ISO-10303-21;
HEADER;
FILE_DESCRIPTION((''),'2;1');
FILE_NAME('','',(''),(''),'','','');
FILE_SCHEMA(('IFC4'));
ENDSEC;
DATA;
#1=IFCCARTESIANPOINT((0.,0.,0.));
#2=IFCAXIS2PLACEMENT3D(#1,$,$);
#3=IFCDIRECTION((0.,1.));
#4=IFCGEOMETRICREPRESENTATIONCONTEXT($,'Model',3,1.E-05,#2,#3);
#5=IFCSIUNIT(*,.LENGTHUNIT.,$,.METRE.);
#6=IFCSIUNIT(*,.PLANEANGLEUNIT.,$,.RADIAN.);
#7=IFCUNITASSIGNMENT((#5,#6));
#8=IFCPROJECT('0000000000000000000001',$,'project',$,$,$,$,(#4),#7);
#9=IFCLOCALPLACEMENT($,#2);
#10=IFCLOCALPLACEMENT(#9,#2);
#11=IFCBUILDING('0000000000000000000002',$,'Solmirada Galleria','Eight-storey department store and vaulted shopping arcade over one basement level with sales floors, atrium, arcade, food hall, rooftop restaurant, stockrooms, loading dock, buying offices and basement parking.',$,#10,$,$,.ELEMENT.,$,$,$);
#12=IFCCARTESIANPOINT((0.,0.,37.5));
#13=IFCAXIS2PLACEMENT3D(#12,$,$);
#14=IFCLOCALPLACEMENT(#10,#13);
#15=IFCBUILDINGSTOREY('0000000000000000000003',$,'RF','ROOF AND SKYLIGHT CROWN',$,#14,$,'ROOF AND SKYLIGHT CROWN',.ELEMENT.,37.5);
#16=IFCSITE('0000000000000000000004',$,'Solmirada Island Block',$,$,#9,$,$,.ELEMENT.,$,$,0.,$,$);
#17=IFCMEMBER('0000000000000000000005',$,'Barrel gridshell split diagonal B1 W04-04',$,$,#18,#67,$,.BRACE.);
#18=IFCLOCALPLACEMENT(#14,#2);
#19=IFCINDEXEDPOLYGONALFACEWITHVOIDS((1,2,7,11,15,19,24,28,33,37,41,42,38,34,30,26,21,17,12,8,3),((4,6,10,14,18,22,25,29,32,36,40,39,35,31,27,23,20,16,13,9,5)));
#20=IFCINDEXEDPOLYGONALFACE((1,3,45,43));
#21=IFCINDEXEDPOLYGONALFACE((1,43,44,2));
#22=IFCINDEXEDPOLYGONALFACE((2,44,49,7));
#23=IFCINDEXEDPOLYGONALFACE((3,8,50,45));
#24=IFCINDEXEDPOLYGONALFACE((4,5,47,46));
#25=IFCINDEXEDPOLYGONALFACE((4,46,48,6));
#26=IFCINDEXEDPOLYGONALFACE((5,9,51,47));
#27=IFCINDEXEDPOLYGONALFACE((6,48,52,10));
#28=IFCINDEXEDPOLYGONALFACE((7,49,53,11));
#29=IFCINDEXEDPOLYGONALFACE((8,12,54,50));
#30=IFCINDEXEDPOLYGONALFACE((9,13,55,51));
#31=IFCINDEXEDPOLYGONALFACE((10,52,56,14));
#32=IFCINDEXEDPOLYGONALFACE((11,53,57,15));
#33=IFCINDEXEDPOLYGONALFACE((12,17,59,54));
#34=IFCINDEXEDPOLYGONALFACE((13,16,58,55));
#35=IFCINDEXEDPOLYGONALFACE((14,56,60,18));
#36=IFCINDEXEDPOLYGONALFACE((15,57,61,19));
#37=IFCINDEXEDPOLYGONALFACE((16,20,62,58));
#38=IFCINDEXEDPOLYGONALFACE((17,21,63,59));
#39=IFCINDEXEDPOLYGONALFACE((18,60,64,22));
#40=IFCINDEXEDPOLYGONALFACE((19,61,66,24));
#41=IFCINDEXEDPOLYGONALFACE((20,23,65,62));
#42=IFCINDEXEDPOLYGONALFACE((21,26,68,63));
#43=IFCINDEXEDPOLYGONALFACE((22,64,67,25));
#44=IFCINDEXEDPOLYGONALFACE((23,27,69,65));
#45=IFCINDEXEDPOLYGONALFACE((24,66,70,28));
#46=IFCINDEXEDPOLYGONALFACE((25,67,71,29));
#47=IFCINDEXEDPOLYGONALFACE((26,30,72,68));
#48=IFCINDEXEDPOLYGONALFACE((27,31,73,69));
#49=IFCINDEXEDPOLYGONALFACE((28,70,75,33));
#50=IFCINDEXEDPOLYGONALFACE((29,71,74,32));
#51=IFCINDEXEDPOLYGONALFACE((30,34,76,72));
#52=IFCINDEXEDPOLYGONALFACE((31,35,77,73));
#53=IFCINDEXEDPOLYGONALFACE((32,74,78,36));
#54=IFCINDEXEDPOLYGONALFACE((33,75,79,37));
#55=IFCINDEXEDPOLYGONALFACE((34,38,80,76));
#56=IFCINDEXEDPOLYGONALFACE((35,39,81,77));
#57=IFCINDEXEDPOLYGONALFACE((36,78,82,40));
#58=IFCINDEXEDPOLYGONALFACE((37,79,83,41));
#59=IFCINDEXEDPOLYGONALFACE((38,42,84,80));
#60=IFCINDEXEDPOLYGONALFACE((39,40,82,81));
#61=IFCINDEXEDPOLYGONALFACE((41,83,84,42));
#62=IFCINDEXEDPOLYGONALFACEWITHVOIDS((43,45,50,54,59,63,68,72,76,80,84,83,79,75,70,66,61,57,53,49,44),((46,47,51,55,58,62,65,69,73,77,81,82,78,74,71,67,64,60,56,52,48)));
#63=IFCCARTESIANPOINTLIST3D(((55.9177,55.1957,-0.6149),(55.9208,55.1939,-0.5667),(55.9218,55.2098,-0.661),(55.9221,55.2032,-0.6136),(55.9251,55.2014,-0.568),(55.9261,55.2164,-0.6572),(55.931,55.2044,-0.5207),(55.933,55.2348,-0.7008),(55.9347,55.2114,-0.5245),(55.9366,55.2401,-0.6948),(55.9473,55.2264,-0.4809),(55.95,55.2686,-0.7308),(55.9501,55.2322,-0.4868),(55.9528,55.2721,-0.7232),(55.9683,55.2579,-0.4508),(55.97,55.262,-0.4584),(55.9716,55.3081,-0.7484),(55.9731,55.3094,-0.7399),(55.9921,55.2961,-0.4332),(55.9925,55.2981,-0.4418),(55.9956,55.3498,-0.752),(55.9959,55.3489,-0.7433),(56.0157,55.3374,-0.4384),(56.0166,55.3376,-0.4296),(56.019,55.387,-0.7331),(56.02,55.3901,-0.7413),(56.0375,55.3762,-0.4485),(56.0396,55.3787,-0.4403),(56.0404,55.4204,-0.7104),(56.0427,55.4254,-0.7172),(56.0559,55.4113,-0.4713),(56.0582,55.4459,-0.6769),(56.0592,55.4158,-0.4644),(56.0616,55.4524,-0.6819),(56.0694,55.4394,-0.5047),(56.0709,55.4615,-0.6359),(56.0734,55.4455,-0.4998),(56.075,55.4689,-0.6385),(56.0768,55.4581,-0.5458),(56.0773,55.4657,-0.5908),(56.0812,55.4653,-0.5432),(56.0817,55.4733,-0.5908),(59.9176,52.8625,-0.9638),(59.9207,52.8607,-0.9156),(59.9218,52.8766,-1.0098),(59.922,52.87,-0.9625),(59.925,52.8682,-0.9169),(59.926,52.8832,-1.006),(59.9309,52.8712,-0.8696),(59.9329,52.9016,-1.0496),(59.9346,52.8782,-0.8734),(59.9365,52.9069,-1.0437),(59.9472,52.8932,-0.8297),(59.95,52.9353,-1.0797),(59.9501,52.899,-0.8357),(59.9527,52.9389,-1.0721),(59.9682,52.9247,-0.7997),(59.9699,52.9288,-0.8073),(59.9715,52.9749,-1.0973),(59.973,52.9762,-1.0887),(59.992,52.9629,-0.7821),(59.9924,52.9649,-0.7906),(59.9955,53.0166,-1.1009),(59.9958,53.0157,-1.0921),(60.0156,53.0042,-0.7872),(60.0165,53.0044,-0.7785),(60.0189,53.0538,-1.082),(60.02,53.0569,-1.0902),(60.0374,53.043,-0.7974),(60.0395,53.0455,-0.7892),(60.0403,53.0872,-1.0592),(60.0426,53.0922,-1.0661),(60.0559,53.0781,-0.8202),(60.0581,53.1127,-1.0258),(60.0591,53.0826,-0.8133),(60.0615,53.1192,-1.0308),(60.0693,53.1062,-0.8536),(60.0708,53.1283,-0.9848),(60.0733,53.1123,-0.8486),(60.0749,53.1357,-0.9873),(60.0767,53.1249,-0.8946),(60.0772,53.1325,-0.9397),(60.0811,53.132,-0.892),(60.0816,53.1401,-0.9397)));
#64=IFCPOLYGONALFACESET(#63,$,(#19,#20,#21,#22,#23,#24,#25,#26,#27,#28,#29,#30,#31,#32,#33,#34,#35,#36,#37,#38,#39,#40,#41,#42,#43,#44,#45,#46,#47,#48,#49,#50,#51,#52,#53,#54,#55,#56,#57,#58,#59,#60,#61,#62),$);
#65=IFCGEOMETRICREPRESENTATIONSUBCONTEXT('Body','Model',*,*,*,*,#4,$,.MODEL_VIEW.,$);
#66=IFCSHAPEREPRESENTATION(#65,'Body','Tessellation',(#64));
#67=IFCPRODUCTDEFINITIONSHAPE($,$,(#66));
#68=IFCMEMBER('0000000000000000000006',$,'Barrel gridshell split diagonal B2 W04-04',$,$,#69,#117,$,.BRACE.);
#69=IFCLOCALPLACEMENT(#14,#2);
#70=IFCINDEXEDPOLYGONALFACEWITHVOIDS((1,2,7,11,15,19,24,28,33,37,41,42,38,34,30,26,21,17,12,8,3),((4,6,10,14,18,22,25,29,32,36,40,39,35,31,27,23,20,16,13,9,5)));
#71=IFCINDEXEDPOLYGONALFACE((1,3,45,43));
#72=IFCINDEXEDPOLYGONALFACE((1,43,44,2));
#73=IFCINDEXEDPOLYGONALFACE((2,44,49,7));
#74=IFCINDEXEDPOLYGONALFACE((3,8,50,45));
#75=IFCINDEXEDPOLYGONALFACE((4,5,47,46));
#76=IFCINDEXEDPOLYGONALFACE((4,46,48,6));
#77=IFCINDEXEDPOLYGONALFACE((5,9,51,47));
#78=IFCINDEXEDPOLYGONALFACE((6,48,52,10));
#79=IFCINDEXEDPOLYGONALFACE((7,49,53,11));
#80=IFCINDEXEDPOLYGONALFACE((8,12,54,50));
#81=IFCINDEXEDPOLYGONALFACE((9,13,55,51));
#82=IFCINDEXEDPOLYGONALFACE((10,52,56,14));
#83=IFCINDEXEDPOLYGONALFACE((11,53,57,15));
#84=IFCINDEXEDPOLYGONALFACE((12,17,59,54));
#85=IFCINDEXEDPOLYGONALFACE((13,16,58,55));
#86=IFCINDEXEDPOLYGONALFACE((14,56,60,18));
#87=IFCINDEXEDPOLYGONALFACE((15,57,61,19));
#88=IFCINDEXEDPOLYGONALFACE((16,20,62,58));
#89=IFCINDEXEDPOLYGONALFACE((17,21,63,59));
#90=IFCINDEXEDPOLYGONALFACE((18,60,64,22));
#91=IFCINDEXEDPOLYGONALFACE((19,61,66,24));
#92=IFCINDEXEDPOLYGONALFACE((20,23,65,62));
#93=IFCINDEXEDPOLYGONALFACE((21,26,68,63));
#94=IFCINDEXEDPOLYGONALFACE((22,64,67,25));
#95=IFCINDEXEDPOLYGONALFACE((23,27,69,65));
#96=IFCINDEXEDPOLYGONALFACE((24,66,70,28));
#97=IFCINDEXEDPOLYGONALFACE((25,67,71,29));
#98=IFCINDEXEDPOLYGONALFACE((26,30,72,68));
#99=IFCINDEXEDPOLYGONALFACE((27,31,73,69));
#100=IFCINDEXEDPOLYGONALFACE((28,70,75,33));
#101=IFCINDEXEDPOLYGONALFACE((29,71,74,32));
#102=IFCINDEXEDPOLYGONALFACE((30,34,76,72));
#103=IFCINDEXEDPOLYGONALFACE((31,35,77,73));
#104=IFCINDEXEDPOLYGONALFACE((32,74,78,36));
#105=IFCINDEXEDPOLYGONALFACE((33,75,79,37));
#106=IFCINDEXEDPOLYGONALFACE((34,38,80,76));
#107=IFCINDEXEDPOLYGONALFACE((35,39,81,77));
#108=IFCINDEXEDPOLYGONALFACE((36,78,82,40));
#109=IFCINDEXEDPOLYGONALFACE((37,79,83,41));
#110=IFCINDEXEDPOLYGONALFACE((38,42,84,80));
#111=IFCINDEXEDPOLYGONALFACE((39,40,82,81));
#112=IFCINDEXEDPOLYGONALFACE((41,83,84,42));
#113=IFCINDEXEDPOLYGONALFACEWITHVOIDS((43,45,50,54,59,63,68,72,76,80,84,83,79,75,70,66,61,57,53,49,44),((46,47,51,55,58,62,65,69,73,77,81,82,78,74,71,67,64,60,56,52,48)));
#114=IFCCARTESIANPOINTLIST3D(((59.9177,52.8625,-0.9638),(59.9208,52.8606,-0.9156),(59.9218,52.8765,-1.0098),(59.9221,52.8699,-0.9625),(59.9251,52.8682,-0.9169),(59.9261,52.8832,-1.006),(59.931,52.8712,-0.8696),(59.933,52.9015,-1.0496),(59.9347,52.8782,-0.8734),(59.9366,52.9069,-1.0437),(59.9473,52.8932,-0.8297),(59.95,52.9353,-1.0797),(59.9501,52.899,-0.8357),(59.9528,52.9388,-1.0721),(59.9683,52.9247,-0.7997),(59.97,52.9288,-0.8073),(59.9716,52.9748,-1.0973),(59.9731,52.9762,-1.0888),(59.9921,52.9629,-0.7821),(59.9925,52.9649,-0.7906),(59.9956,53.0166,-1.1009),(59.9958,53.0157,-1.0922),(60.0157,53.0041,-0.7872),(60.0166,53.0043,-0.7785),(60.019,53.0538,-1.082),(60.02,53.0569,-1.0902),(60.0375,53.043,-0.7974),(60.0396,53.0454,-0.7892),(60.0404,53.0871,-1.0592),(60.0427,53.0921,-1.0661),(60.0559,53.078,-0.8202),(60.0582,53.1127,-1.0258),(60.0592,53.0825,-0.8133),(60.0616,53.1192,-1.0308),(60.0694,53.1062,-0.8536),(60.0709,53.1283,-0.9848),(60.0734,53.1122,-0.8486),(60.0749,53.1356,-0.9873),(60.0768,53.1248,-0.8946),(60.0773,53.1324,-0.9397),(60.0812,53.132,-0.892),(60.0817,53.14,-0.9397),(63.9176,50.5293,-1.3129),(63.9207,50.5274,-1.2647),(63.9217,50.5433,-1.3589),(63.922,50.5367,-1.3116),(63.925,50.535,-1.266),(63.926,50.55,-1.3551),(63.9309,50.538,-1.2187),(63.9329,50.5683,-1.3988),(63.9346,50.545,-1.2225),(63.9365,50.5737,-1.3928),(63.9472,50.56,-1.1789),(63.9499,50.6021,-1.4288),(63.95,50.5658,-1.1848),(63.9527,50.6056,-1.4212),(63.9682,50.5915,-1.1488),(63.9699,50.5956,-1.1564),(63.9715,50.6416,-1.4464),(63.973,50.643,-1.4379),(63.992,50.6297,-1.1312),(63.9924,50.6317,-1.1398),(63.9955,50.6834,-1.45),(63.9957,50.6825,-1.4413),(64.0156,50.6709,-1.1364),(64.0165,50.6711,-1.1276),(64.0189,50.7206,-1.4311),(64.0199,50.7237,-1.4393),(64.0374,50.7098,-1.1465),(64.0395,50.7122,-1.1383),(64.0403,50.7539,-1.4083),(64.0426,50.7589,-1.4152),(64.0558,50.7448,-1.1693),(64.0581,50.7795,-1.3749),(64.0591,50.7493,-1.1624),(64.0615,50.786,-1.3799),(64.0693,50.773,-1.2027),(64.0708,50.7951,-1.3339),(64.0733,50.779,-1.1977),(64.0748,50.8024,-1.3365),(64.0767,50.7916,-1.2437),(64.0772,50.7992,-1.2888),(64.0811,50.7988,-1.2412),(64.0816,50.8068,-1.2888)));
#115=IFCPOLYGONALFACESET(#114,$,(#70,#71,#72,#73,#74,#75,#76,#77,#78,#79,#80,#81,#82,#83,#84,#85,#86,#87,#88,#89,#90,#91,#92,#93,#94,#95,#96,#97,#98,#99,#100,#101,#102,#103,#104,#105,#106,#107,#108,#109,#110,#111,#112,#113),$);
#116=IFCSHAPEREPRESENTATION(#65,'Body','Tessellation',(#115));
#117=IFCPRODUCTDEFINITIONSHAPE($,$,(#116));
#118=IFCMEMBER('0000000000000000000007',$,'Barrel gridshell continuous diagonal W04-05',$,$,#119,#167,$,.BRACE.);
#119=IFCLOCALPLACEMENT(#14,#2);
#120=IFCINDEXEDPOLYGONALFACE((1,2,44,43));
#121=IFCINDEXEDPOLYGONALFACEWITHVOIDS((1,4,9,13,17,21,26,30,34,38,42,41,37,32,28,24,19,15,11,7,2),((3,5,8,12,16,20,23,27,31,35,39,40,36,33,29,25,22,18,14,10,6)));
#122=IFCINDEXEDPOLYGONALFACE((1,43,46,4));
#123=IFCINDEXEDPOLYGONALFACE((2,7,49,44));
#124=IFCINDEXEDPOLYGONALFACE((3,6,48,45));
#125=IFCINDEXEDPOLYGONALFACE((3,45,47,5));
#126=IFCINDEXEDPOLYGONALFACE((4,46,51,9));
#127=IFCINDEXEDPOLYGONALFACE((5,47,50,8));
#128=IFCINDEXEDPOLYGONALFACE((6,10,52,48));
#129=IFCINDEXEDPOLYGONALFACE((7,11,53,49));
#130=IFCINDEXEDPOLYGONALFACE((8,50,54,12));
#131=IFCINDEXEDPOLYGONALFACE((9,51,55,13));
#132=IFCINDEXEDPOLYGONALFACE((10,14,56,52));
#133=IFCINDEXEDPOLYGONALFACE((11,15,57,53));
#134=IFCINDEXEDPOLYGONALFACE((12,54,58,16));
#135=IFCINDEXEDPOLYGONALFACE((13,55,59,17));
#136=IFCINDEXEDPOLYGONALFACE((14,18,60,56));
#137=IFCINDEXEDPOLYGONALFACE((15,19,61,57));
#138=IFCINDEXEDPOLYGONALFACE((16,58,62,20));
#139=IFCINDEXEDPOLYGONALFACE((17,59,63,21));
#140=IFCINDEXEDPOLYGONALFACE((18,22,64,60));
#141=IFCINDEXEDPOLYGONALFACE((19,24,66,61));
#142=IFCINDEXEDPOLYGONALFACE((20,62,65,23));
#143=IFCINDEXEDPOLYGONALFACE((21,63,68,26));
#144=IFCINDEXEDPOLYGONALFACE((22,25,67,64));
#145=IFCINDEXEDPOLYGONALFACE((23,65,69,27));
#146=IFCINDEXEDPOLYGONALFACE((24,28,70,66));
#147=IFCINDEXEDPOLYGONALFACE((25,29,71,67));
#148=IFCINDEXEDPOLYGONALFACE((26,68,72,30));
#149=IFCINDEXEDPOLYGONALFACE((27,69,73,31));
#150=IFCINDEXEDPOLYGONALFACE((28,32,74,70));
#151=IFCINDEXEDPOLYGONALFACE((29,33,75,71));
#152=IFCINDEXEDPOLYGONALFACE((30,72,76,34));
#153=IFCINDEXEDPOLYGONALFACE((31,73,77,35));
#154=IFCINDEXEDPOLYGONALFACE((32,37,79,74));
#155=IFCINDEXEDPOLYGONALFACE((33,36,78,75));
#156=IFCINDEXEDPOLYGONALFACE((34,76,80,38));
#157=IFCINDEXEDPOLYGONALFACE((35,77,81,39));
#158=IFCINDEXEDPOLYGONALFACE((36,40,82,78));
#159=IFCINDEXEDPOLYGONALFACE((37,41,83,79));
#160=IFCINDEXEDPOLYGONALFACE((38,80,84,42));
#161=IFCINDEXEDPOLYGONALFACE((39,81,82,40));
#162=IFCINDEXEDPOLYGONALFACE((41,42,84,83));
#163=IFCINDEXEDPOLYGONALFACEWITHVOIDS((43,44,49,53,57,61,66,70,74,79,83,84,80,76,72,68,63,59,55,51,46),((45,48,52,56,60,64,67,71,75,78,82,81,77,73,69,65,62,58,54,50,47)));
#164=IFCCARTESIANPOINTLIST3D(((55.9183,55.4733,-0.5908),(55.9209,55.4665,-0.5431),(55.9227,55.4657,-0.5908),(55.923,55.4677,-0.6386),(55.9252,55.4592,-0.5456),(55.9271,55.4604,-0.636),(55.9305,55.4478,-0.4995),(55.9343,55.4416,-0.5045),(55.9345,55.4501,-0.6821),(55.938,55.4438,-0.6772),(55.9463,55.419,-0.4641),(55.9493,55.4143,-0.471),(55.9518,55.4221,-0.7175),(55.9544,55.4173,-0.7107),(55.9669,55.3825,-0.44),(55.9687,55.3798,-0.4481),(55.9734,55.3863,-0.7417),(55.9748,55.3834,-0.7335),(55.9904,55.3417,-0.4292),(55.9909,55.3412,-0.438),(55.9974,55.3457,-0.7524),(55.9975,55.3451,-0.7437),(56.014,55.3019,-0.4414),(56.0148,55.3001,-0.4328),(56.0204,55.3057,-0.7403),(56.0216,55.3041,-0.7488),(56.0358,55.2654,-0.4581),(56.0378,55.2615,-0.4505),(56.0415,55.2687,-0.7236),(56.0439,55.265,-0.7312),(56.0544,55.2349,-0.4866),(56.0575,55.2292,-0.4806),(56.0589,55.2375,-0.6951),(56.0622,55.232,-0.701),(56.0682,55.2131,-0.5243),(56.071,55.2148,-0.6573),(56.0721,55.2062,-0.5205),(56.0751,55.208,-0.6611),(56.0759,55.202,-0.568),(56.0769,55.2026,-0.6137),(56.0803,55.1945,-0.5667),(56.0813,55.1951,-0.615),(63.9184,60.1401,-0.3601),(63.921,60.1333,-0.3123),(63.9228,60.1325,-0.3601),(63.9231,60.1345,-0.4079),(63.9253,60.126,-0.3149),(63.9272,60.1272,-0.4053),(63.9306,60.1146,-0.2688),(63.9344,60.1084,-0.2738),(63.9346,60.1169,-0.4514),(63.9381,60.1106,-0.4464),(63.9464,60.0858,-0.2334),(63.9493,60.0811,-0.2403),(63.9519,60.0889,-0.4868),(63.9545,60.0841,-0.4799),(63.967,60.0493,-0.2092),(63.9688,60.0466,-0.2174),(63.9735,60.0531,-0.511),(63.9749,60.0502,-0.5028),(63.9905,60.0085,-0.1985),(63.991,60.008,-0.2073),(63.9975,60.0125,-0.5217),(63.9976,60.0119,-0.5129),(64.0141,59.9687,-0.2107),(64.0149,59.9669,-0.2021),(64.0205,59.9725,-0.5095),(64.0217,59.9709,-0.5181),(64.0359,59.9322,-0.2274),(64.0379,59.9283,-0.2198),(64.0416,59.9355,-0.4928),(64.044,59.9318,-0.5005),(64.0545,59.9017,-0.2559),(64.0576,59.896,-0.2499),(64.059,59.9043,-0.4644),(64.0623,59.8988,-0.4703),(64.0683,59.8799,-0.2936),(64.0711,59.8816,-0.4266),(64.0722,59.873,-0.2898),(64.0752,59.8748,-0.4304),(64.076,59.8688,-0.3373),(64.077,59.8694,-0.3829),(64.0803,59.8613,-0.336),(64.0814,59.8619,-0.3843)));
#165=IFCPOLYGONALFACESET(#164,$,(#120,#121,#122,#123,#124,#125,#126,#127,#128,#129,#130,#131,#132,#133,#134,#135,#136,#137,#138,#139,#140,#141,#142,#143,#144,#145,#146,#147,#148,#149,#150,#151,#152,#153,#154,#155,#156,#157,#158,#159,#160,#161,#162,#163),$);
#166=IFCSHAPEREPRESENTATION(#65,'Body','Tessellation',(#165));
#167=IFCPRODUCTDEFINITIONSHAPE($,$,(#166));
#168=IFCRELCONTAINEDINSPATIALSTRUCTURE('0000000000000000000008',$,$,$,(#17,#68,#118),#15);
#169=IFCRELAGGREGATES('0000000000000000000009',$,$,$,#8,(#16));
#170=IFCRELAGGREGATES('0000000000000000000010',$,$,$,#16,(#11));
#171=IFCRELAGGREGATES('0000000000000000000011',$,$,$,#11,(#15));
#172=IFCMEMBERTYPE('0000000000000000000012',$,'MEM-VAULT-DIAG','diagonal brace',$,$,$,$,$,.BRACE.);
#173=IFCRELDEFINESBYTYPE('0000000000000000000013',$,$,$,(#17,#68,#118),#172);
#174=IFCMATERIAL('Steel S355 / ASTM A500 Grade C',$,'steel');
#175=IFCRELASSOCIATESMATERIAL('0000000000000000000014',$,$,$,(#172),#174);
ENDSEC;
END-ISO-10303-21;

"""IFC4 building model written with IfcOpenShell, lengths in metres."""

from ifc_helpers import new_model, si_unit, direction, frame, origin, origin_2d, place, context, subcontext, project, spatial, hollow_circle, extrude, material, material_profile, profile_set, type_object, element, save


model = new_model("IFC4")

# Units and contexts
model_context = context("Model", 3, precision=1e-05, world=origin(), true_north=direction((0.0, 1.0)))
body_context = subcontext(model_context, "Body", "Model", "MODEL_VIEW")
ifc_project = project(units=[si_unit("LENGTHUNIT", "METRE"), si_unit("PLANEANGLEUNIT", "RADIAN")], contexts=[model_context])

# Site, building, storey
site_placement = place(None, origin())
site = spatial("IfcSite", under=ifc_project, at=site_placement, Name="Solmirada Island Block", CompositionType="ELEMENT", RefElevation=0.0)
building_placement = place(site_placement, origin())
building = spatial("IfcBuilding", under=site, at=building_placement, Name="Solmirada Galleria", Description="Eight-storey department store and vaulted shopping arcade over one basement level with sales floors, atrium, arcade, food hall, rooftop restaurant, stockrooms, loading dock, buying offices and basement parking.", CompositionType="ELEMENT")
storey_placement = place(building_placement, frame((0.0, 0.0, 37.5)))
storey = spatial("IfcBuildingStorey", under=building, at=storey_placement, Name="RF", Description="ROOF AND SKYLIGHT CROWN", LongName="ROOF AND SKYLIGHT CROWN", CompositionType="ELEMENT", Elevation=37.5)

# Members
ifc_material_1 = material(Name="Steel S355 / ASTM A500 Grade C", Category="steel")
ifc_material_profile_1 = material_profile(ifc_material_1, hollow_circle(Radius=0.1621, WallThickness=0.0088, at=origin_2d()), Name="HSS12.750X0.375")
ifc_profile_set_1 = profile_set([ifc_material_profile_1], Name="Steel S355 / ASTM A500 Grade C")
member_type_1 = type_object("IfcMemberType", Name="MEM-VAULT-DIAG", Description="diagonal brace", PredefinedType="BRACE", material=ifc_profile_set_1)
for number, where, z_axis, x_axis, name in (
    (1, (56.0, 55.3333, -0.5908), (0.861346, -0.502434, -0.075126), (0.503858, 0.863787, 0.0), "Barrel gridshell split diagonal B1 W04-04"),
    (2, (60.0, 53.0, -0.9397), (0.861342, -0.502432, -0.075178), (0.503858, 0.863787, 0.0), "Barrel gridshell split diagonal B2 W04-04"),
):
    element("IfcMember", number, at=place(storey_placement, frame(where, z_axis=z_axis, x_axis=x_axis)), inside=storey, type_object=member_type_1, Name=name, PredefinedType="BRACE", context=body_context, shape_type="SweptSolid", body=[
        extrude(hollow_circle(Radius=0.1621, WallThickness=0.0088, at=origin_2d()), origin(), (0.0, 0.0, 1.0), 4.6438),
    ])
member_1_placement = place(storey_placement, frame((56.0, 55.3333, -0.5908), z_axis=(0.863507, 0.503721, 0.024903), x_axis=(-0.503878, 0.863775, 0.0)))
element("IfcMember", 3, at=member_1_placement, inside=storey, type_object=member_type_1, Name="Barrel gridshell continuous diagonal W04-05", PredefinedType="BRACE", context=body_context, shape_type="SweptSolid", body=[
    extrude(hollow_circle(Radius=0.1621, WallThickness=0.0088, at=origin_2d()), origin(), (0.0, 0.0, 1.0), 9.2646),
])

save(model, "model.ifc")
